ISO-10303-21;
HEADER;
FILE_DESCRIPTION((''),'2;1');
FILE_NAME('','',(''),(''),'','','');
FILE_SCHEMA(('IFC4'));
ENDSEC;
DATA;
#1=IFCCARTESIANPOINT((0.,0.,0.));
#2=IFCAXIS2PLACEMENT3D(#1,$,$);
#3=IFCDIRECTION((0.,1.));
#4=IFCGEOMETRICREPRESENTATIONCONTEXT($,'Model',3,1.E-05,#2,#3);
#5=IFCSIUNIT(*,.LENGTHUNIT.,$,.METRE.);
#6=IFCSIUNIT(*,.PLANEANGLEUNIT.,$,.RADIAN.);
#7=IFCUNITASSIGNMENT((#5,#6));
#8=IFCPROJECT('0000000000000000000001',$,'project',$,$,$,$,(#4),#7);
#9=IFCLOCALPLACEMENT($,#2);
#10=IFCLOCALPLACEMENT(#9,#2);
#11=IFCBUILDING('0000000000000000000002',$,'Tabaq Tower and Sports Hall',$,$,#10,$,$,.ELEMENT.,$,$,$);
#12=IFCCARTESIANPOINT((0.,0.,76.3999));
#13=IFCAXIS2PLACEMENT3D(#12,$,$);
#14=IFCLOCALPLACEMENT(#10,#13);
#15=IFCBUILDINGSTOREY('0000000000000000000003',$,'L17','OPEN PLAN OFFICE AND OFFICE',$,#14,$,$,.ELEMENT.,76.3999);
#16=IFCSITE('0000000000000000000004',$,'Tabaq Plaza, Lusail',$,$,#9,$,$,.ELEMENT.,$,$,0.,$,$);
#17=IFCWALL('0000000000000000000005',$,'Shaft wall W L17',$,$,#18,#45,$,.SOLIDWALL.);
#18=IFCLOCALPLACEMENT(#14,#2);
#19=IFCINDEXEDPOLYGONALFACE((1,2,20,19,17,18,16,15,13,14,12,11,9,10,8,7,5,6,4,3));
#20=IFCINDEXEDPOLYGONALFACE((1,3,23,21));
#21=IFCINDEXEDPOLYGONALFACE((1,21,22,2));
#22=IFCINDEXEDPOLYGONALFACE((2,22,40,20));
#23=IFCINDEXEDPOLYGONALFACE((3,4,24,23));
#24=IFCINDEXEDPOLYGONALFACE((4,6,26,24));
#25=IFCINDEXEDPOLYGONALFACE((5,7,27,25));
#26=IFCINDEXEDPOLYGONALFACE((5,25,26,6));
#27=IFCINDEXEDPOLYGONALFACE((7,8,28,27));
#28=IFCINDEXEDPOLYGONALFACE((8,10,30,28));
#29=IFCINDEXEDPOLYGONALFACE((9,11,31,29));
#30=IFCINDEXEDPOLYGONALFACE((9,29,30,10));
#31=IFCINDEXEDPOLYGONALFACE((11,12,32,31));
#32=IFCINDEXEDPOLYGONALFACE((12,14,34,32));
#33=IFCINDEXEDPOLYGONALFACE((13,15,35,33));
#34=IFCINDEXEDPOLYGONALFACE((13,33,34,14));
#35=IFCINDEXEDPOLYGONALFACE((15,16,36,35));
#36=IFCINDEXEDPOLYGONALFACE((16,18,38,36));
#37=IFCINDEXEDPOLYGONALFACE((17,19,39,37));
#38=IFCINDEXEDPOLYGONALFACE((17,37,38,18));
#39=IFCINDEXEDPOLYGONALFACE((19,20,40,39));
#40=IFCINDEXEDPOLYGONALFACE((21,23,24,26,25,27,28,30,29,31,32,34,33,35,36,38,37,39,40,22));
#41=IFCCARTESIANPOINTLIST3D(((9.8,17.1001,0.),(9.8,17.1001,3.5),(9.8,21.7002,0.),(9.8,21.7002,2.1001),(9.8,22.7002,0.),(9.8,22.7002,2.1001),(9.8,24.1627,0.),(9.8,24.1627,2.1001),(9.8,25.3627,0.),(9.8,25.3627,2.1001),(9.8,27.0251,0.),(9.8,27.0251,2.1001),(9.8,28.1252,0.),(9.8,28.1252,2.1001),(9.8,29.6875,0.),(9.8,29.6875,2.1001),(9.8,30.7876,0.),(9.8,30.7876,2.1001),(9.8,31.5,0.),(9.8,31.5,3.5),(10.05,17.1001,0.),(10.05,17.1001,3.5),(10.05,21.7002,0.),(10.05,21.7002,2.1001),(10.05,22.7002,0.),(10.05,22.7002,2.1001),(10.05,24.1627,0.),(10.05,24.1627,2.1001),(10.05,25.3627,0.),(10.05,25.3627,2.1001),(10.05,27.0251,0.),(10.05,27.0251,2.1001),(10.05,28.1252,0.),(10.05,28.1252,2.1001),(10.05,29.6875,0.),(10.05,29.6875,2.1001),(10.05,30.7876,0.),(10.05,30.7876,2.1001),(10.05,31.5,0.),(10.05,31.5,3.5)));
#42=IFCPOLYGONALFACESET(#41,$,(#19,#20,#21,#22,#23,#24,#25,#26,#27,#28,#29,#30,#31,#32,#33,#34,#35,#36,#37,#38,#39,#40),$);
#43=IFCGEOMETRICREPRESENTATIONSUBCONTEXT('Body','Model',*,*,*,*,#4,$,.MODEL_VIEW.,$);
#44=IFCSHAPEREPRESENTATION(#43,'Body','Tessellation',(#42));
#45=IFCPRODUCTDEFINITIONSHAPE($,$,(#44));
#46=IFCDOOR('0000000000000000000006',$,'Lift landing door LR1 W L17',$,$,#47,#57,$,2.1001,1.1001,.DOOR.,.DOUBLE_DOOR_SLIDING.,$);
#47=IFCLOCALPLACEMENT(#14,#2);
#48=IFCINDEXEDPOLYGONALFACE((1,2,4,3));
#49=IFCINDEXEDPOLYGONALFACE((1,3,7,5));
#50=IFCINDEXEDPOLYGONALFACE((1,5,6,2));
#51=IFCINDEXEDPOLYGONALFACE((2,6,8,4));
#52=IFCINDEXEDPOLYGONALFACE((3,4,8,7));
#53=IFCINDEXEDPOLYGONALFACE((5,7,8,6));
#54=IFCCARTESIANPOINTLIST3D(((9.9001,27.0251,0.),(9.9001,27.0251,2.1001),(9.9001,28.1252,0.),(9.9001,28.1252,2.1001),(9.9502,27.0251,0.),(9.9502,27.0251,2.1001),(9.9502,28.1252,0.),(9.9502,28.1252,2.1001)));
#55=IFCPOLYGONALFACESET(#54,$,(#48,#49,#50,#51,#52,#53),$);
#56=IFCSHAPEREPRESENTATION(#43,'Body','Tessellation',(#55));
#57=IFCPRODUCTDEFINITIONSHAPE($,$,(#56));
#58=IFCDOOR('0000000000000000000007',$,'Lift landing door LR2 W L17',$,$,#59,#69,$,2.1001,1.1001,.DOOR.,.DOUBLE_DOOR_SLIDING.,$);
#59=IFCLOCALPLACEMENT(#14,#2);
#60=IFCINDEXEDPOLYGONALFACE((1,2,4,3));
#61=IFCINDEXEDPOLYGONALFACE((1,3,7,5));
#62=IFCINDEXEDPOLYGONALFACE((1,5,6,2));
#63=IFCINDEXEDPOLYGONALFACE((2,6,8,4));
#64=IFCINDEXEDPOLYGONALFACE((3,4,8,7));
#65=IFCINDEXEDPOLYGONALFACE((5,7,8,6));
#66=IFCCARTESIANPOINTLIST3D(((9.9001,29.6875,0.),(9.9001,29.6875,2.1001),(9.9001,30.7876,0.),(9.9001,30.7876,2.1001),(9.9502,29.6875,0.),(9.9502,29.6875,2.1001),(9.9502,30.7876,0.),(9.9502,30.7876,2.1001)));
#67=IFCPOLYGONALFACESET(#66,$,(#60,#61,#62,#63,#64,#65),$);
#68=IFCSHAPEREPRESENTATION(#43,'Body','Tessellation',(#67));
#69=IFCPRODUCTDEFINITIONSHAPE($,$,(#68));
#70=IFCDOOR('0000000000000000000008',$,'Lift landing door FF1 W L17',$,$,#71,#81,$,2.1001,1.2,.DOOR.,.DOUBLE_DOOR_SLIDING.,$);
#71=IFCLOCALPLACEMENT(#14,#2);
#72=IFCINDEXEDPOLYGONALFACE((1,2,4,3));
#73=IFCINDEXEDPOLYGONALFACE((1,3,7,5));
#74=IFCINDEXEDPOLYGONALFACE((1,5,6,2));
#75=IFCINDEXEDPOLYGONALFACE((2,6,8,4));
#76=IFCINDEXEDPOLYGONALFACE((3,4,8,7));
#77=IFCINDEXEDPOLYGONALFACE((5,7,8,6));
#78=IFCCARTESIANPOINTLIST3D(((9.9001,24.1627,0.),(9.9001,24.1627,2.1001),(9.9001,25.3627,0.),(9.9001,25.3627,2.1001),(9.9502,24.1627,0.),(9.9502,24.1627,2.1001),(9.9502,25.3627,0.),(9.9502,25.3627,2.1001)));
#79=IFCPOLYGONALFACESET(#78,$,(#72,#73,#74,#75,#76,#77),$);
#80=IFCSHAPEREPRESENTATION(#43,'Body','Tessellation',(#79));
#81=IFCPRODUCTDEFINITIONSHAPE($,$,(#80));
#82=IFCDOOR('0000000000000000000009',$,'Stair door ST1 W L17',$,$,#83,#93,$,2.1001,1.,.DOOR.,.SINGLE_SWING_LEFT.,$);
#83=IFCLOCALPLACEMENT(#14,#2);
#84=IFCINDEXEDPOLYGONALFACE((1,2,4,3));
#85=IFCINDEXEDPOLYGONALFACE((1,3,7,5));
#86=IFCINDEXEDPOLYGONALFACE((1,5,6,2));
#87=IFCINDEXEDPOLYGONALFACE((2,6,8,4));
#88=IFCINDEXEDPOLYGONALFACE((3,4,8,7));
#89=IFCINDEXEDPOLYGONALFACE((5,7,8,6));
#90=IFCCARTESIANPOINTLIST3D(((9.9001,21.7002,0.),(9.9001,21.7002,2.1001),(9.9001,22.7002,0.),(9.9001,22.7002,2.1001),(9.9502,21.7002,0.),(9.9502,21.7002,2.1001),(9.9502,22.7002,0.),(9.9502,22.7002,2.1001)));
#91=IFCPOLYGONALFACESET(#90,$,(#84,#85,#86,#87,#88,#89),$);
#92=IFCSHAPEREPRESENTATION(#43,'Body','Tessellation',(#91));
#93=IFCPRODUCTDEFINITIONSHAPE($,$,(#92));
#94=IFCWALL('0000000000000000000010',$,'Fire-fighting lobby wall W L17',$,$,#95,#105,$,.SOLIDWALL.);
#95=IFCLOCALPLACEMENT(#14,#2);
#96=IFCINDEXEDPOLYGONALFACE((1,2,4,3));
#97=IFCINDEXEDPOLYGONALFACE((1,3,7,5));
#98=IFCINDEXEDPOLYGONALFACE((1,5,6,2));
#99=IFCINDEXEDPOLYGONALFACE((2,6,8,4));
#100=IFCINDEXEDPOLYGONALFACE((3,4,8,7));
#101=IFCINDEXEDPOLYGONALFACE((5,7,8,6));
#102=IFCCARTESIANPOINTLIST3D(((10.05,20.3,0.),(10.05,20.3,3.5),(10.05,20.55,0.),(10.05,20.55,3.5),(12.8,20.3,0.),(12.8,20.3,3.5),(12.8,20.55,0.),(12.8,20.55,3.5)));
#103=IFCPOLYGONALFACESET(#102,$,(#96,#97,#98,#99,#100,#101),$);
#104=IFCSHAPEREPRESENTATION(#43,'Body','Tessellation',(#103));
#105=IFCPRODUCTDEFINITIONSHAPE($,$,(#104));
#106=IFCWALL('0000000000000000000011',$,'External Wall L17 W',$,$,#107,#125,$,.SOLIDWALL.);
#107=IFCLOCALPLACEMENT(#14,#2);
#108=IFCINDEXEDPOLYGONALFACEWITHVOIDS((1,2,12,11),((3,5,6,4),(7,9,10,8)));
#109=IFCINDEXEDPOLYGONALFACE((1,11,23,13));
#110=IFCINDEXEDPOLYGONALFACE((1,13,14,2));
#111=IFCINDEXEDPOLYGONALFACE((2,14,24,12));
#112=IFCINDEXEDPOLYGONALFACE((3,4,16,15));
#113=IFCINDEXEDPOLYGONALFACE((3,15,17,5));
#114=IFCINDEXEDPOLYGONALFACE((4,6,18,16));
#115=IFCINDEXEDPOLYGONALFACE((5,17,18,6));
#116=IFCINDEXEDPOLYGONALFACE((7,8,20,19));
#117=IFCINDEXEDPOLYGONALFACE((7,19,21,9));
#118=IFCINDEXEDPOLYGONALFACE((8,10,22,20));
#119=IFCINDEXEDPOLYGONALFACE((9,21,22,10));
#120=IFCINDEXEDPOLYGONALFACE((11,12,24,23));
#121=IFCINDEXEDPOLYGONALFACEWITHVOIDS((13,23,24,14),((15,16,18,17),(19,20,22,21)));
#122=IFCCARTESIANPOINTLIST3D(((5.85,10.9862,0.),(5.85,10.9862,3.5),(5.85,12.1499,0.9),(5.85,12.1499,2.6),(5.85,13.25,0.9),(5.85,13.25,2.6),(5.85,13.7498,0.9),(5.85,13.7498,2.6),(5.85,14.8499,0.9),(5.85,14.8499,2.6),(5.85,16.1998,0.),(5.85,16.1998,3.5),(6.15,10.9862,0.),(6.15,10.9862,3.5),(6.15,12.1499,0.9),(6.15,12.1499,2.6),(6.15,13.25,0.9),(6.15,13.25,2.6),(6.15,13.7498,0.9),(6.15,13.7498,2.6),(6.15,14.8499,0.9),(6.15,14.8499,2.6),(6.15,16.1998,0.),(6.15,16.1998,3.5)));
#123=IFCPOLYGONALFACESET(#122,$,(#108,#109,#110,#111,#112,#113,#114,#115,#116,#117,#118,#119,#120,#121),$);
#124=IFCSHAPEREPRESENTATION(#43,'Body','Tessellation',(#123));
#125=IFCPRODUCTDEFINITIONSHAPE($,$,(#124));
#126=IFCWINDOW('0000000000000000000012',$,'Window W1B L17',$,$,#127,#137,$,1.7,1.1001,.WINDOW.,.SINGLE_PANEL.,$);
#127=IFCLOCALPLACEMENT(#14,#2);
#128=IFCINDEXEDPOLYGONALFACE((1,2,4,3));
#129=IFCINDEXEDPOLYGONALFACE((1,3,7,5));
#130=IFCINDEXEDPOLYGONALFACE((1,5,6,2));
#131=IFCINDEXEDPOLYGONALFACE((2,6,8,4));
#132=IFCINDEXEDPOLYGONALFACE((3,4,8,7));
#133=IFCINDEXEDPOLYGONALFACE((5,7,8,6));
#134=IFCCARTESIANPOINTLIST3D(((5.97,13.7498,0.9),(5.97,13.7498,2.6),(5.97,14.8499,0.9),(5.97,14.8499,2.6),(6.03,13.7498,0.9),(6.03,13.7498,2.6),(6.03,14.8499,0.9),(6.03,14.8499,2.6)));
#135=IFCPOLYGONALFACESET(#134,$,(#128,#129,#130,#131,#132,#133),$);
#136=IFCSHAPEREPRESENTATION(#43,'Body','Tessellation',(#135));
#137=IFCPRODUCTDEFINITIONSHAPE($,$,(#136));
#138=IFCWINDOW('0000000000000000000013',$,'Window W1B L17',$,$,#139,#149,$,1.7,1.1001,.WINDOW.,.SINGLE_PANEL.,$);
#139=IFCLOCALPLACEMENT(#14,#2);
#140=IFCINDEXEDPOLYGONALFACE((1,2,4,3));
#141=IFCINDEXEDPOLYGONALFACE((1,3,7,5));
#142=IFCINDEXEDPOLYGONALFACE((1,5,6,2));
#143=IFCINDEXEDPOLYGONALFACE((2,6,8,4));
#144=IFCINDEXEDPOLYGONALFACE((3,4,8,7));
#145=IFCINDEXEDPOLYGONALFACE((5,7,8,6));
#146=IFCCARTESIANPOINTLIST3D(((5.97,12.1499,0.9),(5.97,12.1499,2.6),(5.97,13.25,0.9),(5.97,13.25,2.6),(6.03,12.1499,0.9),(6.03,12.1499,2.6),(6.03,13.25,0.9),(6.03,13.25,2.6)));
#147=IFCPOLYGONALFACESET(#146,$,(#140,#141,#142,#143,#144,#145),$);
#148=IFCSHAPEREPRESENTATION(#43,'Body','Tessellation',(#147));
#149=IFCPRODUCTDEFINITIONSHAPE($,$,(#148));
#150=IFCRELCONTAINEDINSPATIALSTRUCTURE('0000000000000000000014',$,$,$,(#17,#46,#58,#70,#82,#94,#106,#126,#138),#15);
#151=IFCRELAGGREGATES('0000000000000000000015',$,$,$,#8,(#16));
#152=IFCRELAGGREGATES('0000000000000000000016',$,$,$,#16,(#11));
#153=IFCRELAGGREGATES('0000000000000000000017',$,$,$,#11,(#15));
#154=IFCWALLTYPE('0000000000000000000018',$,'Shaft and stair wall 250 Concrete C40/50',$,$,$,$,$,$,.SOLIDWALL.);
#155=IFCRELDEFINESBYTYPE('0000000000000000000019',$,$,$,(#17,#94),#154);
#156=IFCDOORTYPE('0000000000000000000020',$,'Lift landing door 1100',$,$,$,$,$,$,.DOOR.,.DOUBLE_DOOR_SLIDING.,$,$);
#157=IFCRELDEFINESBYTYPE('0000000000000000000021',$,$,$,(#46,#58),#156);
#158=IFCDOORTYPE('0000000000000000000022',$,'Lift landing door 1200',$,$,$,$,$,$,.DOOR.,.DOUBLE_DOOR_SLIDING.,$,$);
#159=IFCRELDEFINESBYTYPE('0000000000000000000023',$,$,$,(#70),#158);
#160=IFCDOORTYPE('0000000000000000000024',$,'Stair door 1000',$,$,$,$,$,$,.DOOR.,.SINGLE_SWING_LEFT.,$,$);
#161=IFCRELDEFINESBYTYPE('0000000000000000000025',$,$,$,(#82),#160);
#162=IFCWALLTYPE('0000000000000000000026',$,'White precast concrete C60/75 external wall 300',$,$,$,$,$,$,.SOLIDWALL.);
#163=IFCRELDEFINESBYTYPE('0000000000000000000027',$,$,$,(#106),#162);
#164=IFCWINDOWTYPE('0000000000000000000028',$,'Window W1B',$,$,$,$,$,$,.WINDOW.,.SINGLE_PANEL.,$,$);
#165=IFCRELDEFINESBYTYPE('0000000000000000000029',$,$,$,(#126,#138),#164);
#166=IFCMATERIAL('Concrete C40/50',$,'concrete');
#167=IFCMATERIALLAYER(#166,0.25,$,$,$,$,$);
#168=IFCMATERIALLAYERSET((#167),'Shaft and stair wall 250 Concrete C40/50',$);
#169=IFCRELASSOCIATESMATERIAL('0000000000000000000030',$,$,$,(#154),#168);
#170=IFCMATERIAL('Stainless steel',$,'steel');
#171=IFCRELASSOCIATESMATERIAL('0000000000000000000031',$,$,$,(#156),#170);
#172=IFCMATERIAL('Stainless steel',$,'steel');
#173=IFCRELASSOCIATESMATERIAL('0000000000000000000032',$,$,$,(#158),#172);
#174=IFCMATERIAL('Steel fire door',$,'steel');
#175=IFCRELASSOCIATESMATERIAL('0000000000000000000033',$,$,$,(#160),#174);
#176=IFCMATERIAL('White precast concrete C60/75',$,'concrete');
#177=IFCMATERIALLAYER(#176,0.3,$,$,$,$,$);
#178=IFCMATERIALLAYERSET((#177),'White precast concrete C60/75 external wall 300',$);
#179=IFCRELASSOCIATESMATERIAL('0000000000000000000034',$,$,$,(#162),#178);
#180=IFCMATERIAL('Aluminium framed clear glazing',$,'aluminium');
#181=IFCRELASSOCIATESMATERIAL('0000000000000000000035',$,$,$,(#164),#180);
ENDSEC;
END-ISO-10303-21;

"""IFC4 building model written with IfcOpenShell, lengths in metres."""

from ifc_helpers import new_model, si_unit, direction, frame, frame_2d, origin, place, context, subcontext, project, spatial, rectangle, extrude, material, layer, layer_set, type_object, element, fill, save


model = new_model("IFC4")

# Units and contexts
model_context = context("Model", 3, precision=1e-05, world=origin(), true_north=direction((0.0, 1.0)))
body_context = subcontext(model_context, "Body", "Model", "MODEL_VIEW")
ifc_project = project(units=[si_unit("LENGTHUNIT", "METRE"), si_unit("PLANEANGLEUNIT", "RADIAN")], contexts=[model_context])

# Site, building, storey
site_placement = place(None, origin())
site = spatial("IfcSite", under=ifc_project, at=site_placement, Name="Tabaq Plaza, Lusail", CompositionType="ELEMENT", RefElevation=0.0)
building_placement = place(site_placement, origin())
building = spatial("IfcBuilding", under=site, at=building_placement, Name="Tabaq Tower and Sports Hall", CompositionType="ELEMENT")
storey_placement = place(building_placement, frame((0.0, 0.0, 76.3999)))
storey = spatial("IfcBuildingStorey", under=building, at=storey_placement, Name="L17", Description="OPEN PLAN OFFICE AND OFFICE", CompositionType="ELEMENT", Elevation=76.3999)

# Wall, openings, doors
ifc_material_1 = material(Name="Concrete C40/50", Category="concrete")
ifc_layer_1 = layer(ifc_material_1, 0.25)
ifc_layer_set_1 = layer_set([ifc_layer_1], Name="Shaft and stair wall 250 Concrete C40/50")
wall_type_1 = type_object("IfcWallType", Name="Shaft and stair wall 250 Concrete C40/50", PredefinedType="SOLIDWALL", material=ifc_layer_set_1)
wall_1_placement = place(storey_placement, frame((9.925, 17.1001, 0.0), z_axis=(0.0, 0.0, 1.0), x_axis=(0.0, 1.0, 0.0)))
wall_1 = element("IfcWall", 1, at=wall_1_placement, inside=storey, type_object=wall_type_1, Name="Shaft wall W L17", PredefinedType="SOLIDWALL", context=body_context, shape_type="SweptSolid", body=[
    extrude(rectangle(XDim=14.3999, YDim=0.25, at=frame_2d((7.2, 0.0))), origin(), (0.0, 0.0, 1.0), 3.5),
])
opening_1_placement = place(wall_1_placement, frame((4.6001, 0.0, 0.0)))
opening_1 = element("IfcOpeningElement", 2, at=opening_1_placement, cuts=wall_1, PredefinedType="OPENING", context=body_context, shape_type="SweptSolid", body=[
    extrude(rectangle(XDim=1.0, YDim=2.1001, at=frame_2d((0.5, 1.05))), frame((0.0, 0.125, 0.0), z_axis=(0.0, -1.0, 0.0), x_axis=(1.0, 0.0, 0.0)), (0.0, 0.0, 1.0), 0.25),
])
opening_2_placement = place(wall_1_placement, frame((7.0625, 0.0, 0.0)))
opening_2 = element("IfcOpeningElement", 3, at=opening_2_placement, cuts=wall_1, PredefinedType="OPENING", context=body_context, shape_type="SweptSolid", body=[
    extrude(rectangle(XDim=1.2, YDim=2.1001, at=frame_2d((0.6001, 1.05))), frame((0.0, 0.125, 0.0), z_axis=(0.0, -1.0, 0.0), x_axis=(1.0, 0.0, 0.0)), (0.0, 0.0, 1.0), 0.25),
])
opening_3_placement = place(wall_1_placement, frame((9.925, 0.0, 0.0)))
opening_3 = element("IfcOpeningElement", 4, at=opening_3_placement, cuts=wall_1, PredefinedType="OPENING", context=body_context, shape_type="SweptSolid", body=[
    extrude(rectangle(XDim=1.1001, YDim=2.1001, at=frame_2d((0.55, 1.05))), frame((0.0, 0.125, 0.0), z_axis=(0.0, -1.0, 0.0), x_axis=(1.0, 0.0, 0.0)), (0.0, 0.0, 1.0), 0.25),
])
opening_4_placement = place(wall_1_placement, frame((12.5874, 0.0, 0.0)))
opening_4 = element("IfcOpeningElement", 5, at=opening_4_placement, cuts=wall_1, PredefinedType="OPENING", context=body_context, shape_type="SweptSolid", body=[
    extrude(rectangle(XDim=1.1001, YDim=2.1001, at=frame_2d((0.55, 1.05))), frame((0.0, 0.125, 0.0), z_axis=(0.0, -1.0, 0.0), x_axis=(1.0, 0.0, 0.0)), (0.0, 0.0, 1.0), 0.25),
])
ifc_material_2 = material(Name="Stainless steel", Category="steel")
door_type_1 = type_object("IfcDoorType", Name="Lift landing door 1100", OperationType="DOUBLE_DOOR_SLIDING", PredefinedType="DOOR", material=ifc_material_2)
door_1_placement = place(opening_3_placement, origin())
door_1 = element("IfcDoor", 6, at=door_1_placement, inside=storey, type_object=door_type_1, Name="Lift landing door LR1 W L17", OperationType="DOUBLE_DOOR_SLIDING", OverallHeight=2.1001, OverallWidth=1.1001, PredefinedType="DOOR", context=body_context, shape_type="SweptSolid", body=[
    extrude(rectangle(XDim=1.1001, YDim=2.1001, at=frame_2d((0.55, 1.05))), frame((0.0, 0.0249, 0.0), z_axis=(0.0, -1.0, 0.0), x_axis=(1.0, 0.0, 0.0)), (0.0, 0.0, 1.0), 0.05),
])
fill(opening_3, door_1)
door_2_placement = place(opening_4_placement, origin())
door_2 = element("IfcDoor", 7, at=door_2_placement, inside=storey, type_object=door_type_1, Name="Lift landing door LR2 W L17", OperationType="DOUBLE_DOOR_SLIDING", OverallHeight=2.1001, OverallWidth=1.1001, PredefinedType="DOOR", context=body_context, shape_type="SweptSolid", body=[
    extrude(rectangle(XDim=1.1001, YDim=2.1001, at=frame_2d((0.55, 1.05))), frame((0.0, 0.0249, 0.0), z_axis=(0.0, -1.0, 0.0), x_axis=(1.0, 0.0, 0.0)), (0.0, 0.0, 1.0), 0.05),
])
fill(opening_4, door_2)
ifc_material_3 = material(Name="Stainless steel", Category="steel")
door_type_2 = type_object("IfcDoorType", Name="Lift landing door 1200", OperationType="DOUBLE_DOOR_SLIDING", PredefinedType="DOOR", material=ifc_material_3)
door_3_placement = place(opening_2_placement, origin())
door_3 = element("IfcDoor", 8, at=door_3_placement, inside=storey, type_object=door_type_2, Name="Lift landing door FF1 W L17", OperationType="DOUBLE_DOOR_SLIDING", OverallHeight=2.1001, OverallWidth=1.2, PredefinedType="DOOR", context=body_context, shape_type="SweptSolid", body=[
    extrude(rectangle(XDim=1.2, YDim=2.1001, at=frame_2d((0.6001, 1.05))), frame((0.0, 0.0249, 0.0), z_axis=(0.0, -1.0, 0.0), x_axis=(1.0, 0.0, 0.0)), (0.0, 0.0, 1.0), 0.05),
])
fill(opening_2, door_3)
ifc_material_4 = material(Name="Steel fire door", Category="steel")
door_type_3 = type_object("IfcDoorType", Name="Stair door 1000", OperationType="SINGLE_SWING_LEFT", PredefinedType="DOOR", material=ifc_material_4)
door_4_placement = place(opening_1_placement, origin())
door_4 = element("IfcDoor", 9, at=door_4_placement, inside=storey, type_object=door_type_3, Name="Stair door ST1 W L17", OperationType="SINGLE_SWING_LEFT", OverallHeight=2.1001, OverallWidth=1.0, PredefinedType="DOOR", context=body_context, shape_type="SweptSolid", body=[
    extrude(rectangle(XDim=1.0, YDim=2.1001, at=frame_2d((0.5, 1.05))), frame((0.0, 0.0249, 0.0), z_axis=(0.0, -1.0, 0.0), x_axis=(1.0, 0.0, 0.0)), (0.0, 0.0, 1.0), 0.05),
])
fill(opening_1, door_4)

# Wall
wall_2_placement = place(storey_placement, frame((10.05, 20.425, 0.0), z_axis=(0.0, 0.0, 1.0), x_axis=(1.0, 0.0, 0.0)))
element("IfcWall", 10, at=wall_2_placement, inside=storey, type_object=wall_type_1, Name="Fire-fighting lobby wall W L17", PredefinedType="SOLIDWALL", context=body_context, shape_type="SweptSolid", body=[
    extrude(rectangle(XDim=2.75, YDim=0.25, at=frame_2d((1.375, 0.0))), origin(), (0.0, 0.0, 1.0), 3.5),
])

# Wall, openings, windows
ifc_material_5 = material(Name="White precast concrete C60/75", Category="concrete")
ifc_layer_2 = layer(ifc_material_5, 0.3)
ifc_layer_set_2 = layer_set([ifc_layer_2], Name="White precast concrete C60/75 external wall 300")
wall_type_2 = type_object("IfcWallType", Name="White precast concrete C60/75 external wall 300", PredefinedType="SOLIDWALL", material=ifc_layer_set_2)
wall_3_placement = place(storey_placement, frame((6.0, 16.2, 0.0), z_axis=(0.0, 0.0, 1.0), x_axis=(0.0, -1.0, 0.0)))
wall_3 = element("IfcWall", 11, at=wall_3_placement, inside=storey, type_object=wall_type_2, Name="External Wall L17 W", PredefinedType="SOLIDWALL", context=body_context, shape_type="SweptSolid", body=[
    extrude(rectangle(XDim=5.2136, YDim=0.3, at=frame_2d((2.6069, 0.0))), origin(), (0.0, 0.0, 1.0), 3.5),
])
opening_5_placement = place(wall_3_placement, frame((1.3501, 0.0, 0.8999)))
opening_5 = element("IfcOpeningElement", 12, at=opening_5_placement, cuts=wall_3, PredefinedType="OPENING", context=body_context, shape_type="SweptSolid", body=[
    extrude(rectangle(XDim=1.1001, YDim=1.7, at=frame_2d((0.55, 0.8501))), frame((0.0, 0.1602, 0.0), z_axis=(0.0, -1.0, 0.0), x_axis=(1.0, 0.0, 0.0)), (0.0, 0.0, 1.0), 0.3201),
])
opening_6_placement = place(wall_3_placement, frame((2.95, 0.0, 0.8999)))
opening_6 = element("IfcOpeningElement", 13, at=opening_6_placement, cuts=wall_3, PredefinedType="OPENING", context=body_context, shape_type="SweptSolid", body=[
    extrude(rectangle(XDim=1.1001, YDim=1.7, at=frame_2d((0.55, 0.8501))), frame((0.0, 0.1602, 0.0), z_axis=(0.0, -1.0, 0.0), x_axis=(1.0, 0.0, 0.0)), (0.0, 0.0, 1.0), 0.3201),
])
ifc_material_6 = material(Name="Aluminium framed clear glazing", Category="aluminium")
window_type = type_object("IfcWindowType", Name="Window W1B", PartitioningType="SINGLE_PANEL", PredefinedType="WINDOW", material=ifc_material_6)
window_1_placement = place(opening_5_placement, origin())
window_1 = element("IfcWindow", 14, at=window_1_placement, inside=storey, type_object=window_type, Name="Window W1B L17", OverallHeight=1.7, OverallWidth=1.1001, PartitioningType="SINGLE_PANEL", PredefinedType="WINDOW", context=body_context, shape_type="SweptSolid", body=[
    extrude(rectangle(XDim=1.1001, YDim=1.7, at=frame_2d((0.55, 0.8501))), frame((0.0, 0.03, 0.0), z_axis=(0.0, -1.0, 0.0), x_axis=(1.0, 0.0, 0.0)), (0.0, 0.0, 1.0), 0.0601),
])
fill(opening_5, window_1)
window_2_placement = place(opening_6_placement, origin())
window_2 = element("IfcWindow", 15, at=window_2_placement, inside=storey, type_object=window_type, Name="Window W1B L17", OverallHeight=1.7, OverallWidth=1.1001, PartitioningType="SINGLE_PANEL", PredefinedType="WINDOW", context=body_context, shape_type="SweptSolid", body=[
    extrude(rectangle(XDim=1.1001, YDim=1.7, at=frame_2d((0.55, 0.8501))), frame((0.0, 0.03, 0.0), z_axis=(0.0, -1.0, 0.0), x_axis=(1.0, 0.0, 0.0)), (0.0, 0.0, 1.0), 0.0601),
])
fill(opening_6, window_2)

save(model, "model.ifc")
